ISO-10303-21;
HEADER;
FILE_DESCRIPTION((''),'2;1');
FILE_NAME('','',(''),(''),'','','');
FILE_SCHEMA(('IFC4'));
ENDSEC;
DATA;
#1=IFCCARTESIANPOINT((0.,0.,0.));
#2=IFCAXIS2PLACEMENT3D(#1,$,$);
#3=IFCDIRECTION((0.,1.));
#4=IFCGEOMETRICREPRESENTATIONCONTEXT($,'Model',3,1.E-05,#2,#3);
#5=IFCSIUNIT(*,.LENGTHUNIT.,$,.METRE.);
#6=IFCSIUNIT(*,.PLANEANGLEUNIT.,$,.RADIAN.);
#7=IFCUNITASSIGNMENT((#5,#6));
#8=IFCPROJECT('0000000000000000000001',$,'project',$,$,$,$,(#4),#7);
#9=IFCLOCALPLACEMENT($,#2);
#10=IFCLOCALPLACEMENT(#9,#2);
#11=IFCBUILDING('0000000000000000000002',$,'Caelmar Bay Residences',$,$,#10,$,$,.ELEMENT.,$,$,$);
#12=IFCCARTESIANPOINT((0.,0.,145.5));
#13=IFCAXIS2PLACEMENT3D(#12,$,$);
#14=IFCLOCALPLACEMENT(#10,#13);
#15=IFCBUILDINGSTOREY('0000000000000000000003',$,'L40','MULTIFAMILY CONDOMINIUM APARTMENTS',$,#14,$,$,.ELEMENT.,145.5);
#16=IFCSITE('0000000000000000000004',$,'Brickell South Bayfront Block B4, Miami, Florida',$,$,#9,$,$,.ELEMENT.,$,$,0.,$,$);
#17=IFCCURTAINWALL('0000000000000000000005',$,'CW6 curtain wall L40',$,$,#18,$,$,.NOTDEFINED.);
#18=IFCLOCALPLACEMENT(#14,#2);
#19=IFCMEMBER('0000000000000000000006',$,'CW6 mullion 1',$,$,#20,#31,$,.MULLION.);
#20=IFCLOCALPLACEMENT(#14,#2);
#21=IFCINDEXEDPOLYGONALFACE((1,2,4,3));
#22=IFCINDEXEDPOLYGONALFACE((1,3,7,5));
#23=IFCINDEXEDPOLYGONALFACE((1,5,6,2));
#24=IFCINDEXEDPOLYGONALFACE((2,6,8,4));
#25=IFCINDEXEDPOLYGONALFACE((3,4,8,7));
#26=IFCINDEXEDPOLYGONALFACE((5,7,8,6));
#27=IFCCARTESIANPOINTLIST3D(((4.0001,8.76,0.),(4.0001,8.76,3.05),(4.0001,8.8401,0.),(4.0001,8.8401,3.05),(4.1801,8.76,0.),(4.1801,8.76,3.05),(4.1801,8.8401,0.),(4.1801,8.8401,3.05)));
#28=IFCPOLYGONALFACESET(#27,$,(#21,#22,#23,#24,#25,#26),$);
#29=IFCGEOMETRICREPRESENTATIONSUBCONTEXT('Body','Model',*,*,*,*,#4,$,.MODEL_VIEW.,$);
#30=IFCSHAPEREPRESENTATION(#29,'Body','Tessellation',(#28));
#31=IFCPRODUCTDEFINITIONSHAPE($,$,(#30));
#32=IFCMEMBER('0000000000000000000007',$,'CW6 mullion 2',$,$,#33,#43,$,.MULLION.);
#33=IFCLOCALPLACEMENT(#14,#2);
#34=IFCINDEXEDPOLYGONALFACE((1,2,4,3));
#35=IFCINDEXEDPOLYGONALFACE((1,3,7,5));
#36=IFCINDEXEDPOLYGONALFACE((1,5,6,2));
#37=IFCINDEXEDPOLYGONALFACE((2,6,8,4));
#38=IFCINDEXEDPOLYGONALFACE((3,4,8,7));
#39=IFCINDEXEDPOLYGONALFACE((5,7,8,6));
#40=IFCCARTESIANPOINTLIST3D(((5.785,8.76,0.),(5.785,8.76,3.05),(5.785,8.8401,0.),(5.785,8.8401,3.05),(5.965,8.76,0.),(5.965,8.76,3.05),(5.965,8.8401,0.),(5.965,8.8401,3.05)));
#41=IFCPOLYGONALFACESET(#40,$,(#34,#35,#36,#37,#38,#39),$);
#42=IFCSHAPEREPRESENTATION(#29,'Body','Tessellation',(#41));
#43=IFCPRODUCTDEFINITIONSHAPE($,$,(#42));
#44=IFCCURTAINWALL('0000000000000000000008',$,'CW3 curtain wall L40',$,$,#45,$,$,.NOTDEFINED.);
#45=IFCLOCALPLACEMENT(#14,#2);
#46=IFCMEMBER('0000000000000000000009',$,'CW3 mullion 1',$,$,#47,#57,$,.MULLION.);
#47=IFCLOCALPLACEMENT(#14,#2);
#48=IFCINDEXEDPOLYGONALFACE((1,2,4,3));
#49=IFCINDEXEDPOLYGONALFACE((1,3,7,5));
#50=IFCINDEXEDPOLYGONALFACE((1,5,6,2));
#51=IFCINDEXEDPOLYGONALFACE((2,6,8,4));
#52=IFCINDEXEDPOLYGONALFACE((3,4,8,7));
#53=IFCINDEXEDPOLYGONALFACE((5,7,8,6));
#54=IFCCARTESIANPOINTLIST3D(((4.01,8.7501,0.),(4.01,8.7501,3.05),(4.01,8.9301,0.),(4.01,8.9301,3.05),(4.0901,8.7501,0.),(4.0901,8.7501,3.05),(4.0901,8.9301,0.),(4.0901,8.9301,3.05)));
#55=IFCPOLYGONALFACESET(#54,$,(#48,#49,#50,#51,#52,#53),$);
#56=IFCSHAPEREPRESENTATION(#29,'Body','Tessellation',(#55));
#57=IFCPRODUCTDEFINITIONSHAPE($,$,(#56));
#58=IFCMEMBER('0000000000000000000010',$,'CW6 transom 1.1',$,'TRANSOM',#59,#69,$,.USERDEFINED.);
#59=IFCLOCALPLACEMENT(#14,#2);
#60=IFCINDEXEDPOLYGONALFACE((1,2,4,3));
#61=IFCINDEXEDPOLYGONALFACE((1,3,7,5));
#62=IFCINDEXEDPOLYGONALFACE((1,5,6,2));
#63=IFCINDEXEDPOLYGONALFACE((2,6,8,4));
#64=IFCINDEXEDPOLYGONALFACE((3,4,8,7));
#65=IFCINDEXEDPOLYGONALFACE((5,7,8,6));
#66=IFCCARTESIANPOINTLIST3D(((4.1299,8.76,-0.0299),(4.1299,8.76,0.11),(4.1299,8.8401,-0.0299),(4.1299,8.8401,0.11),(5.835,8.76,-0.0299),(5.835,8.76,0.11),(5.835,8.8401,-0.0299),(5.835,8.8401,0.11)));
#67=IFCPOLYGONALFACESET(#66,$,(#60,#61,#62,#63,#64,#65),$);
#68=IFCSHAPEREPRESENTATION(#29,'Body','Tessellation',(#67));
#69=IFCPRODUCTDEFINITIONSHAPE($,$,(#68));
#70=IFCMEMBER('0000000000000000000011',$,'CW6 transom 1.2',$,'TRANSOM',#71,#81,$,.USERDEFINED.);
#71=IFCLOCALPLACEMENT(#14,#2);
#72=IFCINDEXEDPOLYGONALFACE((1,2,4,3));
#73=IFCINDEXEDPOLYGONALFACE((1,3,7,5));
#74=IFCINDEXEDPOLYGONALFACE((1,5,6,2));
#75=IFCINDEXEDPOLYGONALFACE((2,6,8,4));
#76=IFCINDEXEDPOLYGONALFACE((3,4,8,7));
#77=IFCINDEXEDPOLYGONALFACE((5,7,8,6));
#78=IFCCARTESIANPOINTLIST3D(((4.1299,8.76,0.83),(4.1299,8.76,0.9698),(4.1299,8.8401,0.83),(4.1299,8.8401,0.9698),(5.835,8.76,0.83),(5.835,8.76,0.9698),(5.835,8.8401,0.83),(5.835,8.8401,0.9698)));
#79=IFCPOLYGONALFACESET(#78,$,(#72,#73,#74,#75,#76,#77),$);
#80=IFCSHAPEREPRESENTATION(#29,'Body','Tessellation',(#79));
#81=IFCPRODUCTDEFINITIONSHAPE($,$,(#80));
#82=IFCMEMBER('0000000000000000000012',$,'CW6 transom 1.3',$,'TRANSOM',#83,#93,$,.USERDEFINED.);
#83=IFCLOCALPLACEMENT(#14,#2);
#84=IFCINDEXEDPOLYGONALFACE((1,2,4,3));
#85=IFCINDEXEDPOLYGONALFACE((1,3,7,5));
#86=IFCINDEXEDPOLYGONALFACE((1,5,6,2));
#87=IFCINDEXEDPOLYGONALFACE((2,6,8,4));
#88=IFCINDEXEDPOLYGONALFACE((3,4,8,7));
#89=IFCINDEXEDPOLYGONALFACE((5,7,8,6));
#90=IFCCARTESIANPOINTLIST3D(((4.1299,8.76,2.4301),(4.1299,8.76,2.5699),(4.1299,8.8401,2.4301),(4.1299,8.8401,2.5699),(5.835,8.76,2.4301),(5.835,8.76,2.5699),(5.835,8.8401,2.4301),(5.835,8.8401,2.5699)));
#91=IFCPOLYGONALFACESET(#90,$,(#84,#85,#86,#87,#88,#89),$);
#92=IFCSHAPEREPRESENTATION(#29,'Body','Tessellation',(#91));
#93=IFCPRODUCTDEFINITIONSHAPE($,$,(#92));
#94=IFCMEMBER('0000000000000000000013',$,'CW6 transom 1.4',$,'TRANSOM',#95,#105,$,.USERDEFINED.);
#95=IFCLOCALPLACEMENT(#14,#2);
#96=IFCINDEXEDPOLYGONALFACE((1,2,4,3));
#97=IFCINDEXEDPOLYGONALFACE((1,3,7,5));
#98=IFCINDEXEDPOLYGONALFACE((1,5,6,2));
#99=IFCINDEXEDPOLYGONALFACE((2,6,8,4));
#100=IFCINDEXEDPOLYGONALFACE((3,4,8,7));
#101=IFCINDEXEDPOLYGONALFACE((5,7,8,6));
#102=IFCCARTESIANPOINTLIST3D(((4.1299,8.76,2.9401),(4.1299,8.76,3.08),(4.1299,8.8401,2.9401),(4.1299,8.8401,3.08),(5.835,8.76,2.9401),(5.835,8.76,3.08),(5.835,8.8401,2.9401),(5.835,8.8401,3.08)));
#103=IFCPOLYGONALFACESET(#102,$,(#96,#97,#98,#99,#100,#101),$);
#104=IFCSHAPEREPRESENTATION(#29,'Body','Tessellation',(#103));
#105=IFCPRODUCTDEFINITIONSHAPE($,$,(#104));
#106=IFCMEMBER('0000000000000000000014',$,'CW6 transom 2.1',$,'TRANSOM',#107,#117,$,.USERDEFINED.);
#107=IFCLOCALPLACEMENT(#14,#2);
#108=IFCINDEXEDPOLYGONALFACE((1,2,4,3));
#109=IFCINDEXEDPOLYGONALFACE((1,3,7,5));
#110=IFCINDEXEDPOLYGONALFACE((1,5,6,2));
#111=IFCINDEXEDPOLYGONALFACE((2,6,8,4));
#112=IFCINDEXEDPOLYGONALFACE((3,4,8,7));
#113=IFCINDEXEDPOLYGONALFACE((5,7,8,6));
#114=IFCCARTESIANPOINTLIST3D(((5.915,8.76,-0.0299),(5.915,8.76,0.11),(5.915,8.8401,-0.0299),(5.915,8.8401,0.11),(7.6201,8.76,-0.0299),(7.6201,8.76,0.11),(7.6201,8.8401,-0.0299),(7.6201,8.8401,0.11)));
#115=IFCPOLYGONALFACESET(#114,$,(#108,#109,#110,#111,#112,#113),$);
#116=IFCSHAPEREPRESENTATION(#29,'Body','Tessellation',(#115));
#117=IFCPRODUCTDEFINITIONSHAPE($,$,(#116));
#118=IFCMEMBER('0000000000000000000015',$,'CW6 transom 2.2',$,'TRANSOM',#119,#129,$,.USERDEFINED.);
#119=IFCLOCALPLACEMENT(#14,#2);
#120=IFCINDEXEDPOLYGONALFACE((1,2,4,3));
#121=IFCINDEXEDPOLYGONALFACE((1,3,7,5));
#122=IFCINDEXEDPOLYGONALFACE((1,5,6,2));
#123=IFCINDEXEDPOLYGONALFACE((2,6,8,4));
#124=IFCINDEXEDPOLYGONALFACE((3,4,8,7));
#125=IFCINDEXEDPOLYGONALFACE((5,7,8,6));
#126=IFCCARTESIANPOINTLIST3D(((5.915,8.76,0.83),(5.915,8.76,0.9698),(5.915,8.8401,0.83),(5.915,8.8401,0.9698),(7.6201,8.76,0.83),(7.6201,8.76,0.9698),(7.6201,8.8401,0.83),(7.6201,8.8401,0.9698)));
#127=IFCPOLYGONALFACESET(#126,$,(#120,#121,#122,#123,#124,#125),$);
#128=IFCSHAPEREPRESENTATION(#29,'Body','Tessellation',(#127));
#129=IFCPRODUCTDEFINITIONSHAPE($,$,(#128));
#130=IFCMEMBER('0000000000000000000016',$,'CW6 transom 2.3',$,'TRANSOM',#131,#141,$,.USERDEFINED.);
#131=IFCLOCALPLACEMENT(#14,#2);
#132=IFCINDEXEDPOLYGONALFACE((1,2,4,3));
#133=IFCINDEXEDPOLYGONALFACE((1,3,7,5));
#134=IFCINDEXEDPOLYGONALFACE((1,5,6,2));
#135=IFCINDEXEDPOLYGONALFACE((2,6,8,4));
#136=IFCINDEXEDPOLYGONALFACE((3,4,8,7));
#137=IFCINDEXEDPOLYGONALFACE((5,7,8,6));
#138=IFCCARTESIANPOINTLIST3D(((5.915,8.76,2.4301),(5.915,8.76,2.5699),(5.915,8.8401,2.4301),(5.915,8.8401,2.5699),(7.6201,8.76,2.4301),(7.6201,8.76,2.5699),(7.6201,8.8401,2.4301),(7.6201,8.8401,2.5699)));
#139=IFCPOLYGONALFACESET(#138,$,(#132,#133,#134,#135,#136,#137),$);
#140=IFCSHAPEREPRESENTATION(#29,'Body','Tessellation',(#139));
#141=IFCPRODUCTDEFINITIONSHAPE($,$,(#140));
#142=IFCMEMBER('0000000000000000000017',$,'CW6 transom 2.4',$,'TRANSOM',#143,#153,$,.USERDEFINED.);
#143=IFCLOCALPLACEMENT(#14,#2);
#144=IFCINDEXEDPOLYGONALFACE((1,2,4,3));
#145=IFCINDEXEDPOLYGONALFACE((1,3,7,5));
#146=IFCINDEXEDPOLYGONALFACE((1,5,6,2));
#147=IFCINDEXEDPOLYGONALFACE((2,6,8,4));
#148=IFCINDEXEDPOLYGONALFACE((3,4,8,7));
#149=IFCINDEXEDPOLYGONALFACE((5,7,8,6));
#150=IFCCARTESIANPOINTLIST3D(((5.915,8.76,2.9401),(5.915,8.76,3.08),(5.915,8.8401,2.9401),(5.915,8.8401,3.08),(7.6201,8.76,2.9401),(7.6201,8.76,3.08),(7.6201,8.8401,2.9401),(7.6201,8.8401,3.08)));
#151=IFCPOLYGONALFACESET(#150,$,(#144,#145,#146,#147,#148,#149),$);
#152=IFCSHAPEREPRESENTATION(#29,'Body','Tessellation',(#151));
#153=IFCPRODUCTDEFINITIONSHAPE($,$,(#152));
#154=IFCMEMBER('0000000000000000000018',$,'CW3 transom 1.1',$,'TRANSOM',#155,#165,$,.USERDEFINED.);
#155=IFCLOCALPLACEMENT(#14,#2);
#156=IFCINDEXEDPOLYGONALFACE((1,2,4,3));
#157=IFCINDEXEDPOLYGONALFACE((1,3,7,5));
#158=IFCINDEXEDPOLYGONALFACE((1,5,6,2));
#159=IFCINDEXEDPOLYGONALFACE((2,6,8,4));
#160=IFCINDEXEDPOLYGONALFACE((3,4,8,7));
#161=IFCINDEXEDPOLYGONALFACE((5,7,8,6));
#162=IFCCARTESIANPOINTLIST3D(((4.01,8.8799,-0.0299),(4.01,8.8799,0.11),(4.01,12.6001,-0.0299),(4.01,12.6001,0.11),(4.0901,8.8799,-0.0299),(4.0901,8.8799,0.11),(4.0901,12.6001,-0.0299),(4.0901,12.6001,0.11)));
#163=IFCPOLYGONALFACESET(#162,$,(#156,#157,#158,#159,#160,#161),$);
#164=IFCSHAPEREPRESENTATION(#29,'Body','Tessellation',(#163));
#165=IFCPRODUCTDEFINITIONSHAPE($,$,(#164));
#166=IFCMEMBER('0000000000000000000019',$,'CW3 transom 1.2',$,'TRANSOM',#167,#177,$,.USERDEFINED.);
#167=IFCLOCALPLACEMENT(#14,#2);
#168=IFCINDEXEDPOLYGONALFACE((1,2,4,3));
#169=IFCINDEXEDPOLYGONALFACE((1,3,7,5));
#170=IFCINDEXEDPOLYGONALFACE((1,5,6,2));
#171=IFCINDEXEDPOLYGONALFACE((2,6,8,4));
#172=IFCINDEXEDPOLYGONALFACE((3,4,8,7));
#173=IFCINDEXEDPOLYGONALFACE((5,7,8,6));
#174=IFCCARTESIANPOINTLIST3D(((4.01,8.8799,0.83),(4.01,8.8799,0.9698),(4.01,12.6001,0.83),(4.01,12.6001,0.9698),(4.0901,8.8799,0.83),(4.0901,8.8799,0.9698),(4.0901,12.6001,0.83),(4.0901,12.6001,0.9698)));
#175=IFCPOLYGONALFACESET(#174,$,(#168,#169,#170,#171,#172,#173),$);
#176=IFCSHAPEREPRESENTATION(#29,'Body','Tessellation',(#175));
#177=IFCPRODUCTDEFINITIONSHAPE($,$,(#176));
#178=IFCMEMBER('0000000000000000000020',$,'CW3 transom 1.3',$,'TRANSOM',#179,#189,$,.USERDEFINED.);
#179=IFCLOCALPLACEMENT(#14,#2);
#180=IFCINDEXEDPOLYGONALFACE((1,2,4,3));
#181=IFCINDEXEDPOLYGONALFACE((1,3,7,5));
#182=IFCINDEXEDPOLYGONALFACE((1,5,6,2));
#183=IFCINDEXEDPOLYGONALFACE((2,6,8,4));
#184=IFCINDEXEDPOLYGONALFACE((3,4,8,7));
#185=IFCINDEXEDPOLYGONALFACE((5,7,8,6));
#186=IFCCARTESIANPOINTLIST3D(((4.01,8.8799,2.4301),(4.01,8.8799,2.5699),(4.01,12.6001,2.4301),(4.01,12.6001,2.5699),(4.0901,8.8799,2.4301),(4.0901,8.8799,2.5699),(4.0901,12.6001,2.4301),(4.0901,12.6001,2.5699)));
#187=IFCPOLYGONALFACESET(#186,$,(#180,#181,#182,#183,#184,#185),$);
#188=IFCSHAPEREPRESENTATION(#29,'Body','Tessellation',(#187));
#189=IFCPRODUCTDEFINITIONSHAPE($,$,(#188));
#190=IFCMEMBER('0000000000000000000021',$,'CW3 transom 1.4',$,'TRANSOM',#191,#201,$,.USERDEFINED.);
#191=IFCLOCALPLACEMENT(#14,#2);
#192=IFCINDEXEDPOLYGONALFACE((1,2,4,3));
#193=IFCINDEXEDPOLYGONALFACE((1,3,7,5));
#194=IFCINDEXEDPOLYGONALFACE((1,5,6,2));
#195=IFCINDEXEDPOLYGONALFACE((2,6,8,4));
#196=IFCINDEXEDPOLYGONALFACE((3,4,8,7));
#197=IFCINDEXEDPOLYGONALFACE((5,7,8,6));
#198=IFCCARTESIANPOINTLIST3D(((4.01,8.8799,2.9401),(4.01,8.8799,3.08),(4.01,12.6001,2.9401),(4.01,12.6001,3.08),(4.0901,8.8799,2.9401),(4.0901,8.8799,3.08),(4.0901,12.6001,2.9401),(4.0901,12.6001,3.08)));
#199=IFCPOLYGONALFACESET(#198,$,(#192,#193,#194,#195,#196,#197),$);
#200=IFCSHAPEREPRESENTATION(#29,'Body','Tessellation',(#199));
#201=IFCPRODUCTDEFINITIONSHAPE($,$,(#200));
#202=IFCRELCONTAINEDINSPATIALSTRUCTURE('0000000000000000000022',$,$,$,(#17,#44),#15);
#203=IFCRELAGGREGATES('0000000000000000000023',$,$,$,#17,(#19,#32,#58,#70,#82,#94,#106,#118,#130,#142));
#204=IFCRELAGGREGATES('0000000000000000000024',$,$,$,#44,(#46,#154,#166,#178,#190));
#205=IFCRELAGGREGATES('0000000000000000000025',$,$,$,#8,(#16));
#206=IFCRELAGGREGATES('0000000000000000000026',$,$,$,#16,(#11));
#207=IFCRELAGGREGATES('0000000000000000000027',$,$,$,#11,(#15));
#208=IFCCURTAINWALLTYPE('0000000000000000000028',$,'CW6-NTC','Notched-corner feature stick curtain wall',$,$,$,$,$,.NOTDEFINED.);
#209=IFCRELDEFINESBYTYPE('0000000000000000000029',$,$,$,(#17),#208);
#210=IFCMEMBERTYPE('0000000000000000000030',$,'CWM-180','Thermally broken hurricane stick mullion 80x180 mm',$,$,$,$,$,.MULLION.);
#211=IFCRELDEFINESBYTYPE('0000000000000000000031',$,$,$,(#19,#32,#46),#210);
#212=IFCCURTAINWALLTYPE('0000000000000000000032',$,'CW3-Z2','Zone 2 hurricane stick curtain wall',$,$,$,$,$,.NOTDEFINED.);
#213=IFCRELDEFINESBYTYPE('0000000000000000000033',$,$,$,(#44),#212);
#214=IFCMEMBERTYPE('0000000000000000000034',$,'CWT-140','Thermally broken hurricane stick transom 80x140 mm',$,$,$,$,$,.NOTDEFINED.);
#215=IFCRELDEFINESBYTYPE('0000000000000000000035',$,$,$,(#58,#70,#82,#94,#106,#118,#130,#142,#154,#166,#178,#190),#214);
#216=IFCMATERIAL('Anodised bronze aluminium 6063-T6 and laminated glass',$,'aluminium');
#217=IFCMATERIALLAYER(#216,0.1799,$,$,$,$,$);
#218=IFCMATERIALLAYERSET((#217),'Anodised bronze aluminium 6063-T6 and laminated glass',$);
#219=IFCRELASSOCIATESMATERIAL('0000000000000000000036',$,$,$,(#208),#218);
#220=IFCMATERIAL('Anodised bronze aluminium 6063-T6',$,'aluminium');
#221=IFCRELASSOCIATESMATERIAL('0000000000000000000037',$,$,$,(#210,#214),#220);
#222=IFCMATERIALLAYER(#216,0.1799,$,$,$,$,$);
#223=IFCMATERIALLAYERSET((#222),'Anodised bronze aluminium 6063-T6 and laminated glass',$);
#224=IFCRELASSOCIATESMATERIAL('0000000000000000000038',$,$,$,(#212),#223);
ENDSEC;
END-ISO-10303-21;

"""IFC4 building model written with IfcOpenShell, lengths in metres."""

from ifc_helpers import new_model, si_unit, direction, frame, origin, origin_2d, place, context, subcontext, project, spatial, rectangle, extrude, material, layer, layer_set, material_profile, profile_set, type_object, element, aggregate, save


model = new_model("IFC4")

# Units and contexts
model_context = context("Model", 3, precision=1e-05, world=origin(), true_north=direction((0.0, 1.0)))
body_context = subcontext(model_context, "Body", "Model", "MODEL_VIEW")
ifc_project = project(units=[si_unit("LENGTHUNIT", "METRE"), si_unit("PLANEANGLEUNIT", "RADIAN")], contexts=[model_context])

# Site, building, storey
site_placement = place(None, origin())
site = spatial("IfcSite", under=ifc_project, at=site_placement, Name="Brickell South Bayfront Block B4, Miami, Florida", CompositionType="ELEMENT", RefElevation=0.0)
building_placement = place(site_placement, origin())
building = spatial("IfcBuilding", under=site, at=building_placement, Name="Caelmar Bay Residences", CompositionType="ELEMENT")
storey_placement = place(building_placement, frame((0.0, 0.0, 145.5)))
storey = spatial("IfcBuildingStorey", under=building, at=storey_placement, Name="L40", Description="MULTIFAMILY CONDOMINIUM APARTMENTS", CompositionType="ELEMENT", Elevation=145.5)

# Curtain wall, members
ifc_material_1 = material(Name="Anodised bronze aluminium 6063-T6 and laminated glass", Category="aluminium")
ifc_layer_1 = layer(ifc_material_1, 0.1799)
ifc_layer_set_1 = layer_set([ifc_layer_1], Name="Anodised bronze aluminium 6063-T6 and laminated glass")
curtain_wall_type_1 = type_object("IfcCurtainWallType", Name="CW6-NTC", Description="Notched-corner feature stick curtain wall", PredefinedType="NOTDEFINED", material=ifc_layer_set_1)
curtain_wall_1_placement = place(storey_placement, origin())
curtain_wall_1 = element("IfcCurtainWall", 1, at=curtain_wall_1_placement, inside=storey, type_object=curtain_wall_type_1, Name="CW6 curtain wall L40", PredefinedType="NOTDEFINED")
ifc_material_2 = material(Name="Anodised bronze aluminium 6063-T6", Category="aluminium")
ifc_material_profile_1 = material_profile(ifc_material_2, rectangle(XDim=0.0801, YDim=0.1799, at=origin_2d()), Name="CWM-80X180")
ifc_profile_set_1 = profile_set([ifc_material_profile_1], Name="Anodised bronze aluminium 6063-T6")
member_type_1 = type_object("IfcMemberType", Name="CWM-180", Description="Thermally broken hurricane stick mullion 80x180 mm", PredefinedType="MULLION", material=ifc_profile_set_1)
member_1_placement = place(storey_placement, frame((4.0901, 8.8, 0.0), z_axis=(0.0, 0.0, 1.0), x_axis=(0.0, 1.0, 0.0)))
member_1 = element("IfcMember", 2, at=member_1_placement, type_object=member_type_1, Name="CW6 mullion 1", PredefinedType="MULLION", context=body_context, shape_type="SweptSolid", body=[
    extrude(rectangle(XDim=0.0801, YDim=0.1799, at=origin_2d()), origin(), (0.0, 0.0, 1.0), 3.05),
])
member_2_placement = place(storey_placement, frame((5.875, 8.8, 0.0), z_axis=(0.0, 0.0, 1.0), x_axis=(0.0, 1.0, 0.0)))
member_2 = element("IfcMember", 3, at=member_2_placement, type_object=member_type_1, Name="CW6 mullion 2", PredefinedType="MULLION", context=body_context, shape_type="SweptSolid", body=[
    extrude(rectangle(XDim=0.0801, YDim=0.1799, at=origin_2d()), origin(), (0.0, 0.0, 1.0), 3.05),
])

# Curtain wall, member
ifc_layer_2 = layer(ifc_material_1, 0.1799)
ifc_layer_set_2 = layer_set([ifc_layer_2], Name="Anodised bronze aluminium 6063-T6 and laminated glass")
curtain_wall_type_2 = type_object("IfcCurtainWallType", Name="CW3-Z2", Description="Zone 2 hurricane stick curtain wall", PredefinedType="NOTDEFINED", material=ifc_layer_set_2)
curtain_wall_2_placement = place(storey_placement, origin())
curtain_wall_2 = element("IfcCurtainWall", 4, at=curtain_wall_2_placement, inside=storey, type_object=curtain_wall_type_2, Name="CW3 curtain wall L40", PredefinedType="NOTDEFINED")
member_3_placement = place(storey_placement, frame((4.05, 8.8401, 0.0), z_axis=(0.0, 0.0, 1.0), x_axis=(-1.0, 0.0, 0.0)))
member_3 = element("IfcMember", 5, at=member_3_placement, type_object=member_type_1, Name="CW3 mullion 1", PredefinedType="MULLION", context=body_context, shape_type="SweptSolid", body=[
    extrude(rectangle(XDim=0.0801, YDim=0.1799, at=origin_2d()), origin(), (0.0, 0.0, 1.0), 3.05),
])

# Members
ifc_material_profile_2 = material_profile(ifc_material_2, rectangle(XDim=0.0801, YDim=0.1399, at=origin_2d()), Name="CWT-80X140")
ifc_profile_set_2 = profile_set([ifc_material_profile_2], Name="Anodised bronze aluminium 6063-T6")
member_type_2 = type_object("IfcMemberType", Name="CWT-140", Description="Thermally broken hurricane stick transom 80x140 mm", PredefinedType="NOTDEFINED", material=ifc_profile_set_2)
member_4_placement = place(storey_placement, frame((4.1299, 8.8, 0.04), z_axis=(1.0, 0.0, 0.0), x_axis=(0.0, 1.0, 0.0)))
member_4 = element("IfcMember", 6, at=member_4_placement, type_object=member_type_2, Name="CW6 transom 1.1", ObjectType="TRANSOM", PredefinedType="USERDEFINED", context=body_context, shape_type="SweptSolid", body=[
    extrude(rectangle(XDim=0.0801, YDim=0.1399, at=origin_2d()), origin(), (0.0, 0.0, 1.0), 1.7051),
])
member_5_placement = place(storey_placement, frame((4.1299, 8.8, 0.8999), z_axis=(1.0, 0.0, 0.0), x_axis=(0.0, 1.0, 0.0)))
member_5 = element("IfcMember", 7, at=member_5_placement, type_object=member_type_2, Name="CW6 transom 1.2", ObjectType="TRANSOM", PredefinedType="USERDEFINED", context=body_context, shape_type="SweptSolid", body=[
    extrude(rectangle(XDim=0.0801, YDim=0.1399, at=origin_2d()), origin(), (0.0, 0.0, 1.0), 1.7051),
])
member_6_placement = place(storey_placement, frame((4.1299, 8.8, 2.5), z_axis=(1.0, 0.0, 0.0), x_axis=(0.0, 1.0, 0.0)))
member_6 = element("IfcMember", 8, at=member_6_placement, type_object=member_type_2, Name="CW6 transom 1.3", ObjectType="TRANSOM", PredefinedType="USERDEFINED", context=body_context, shape_type="SweptSolid", body=[
    extrude(rectangle(XDim=0.0801, YDim=0.1399, at=origin_2d()), origin(), (0.0, 0.0, 1.0), 1.7051),
])
member_7_placement = place(storey_placement, frame((4.1299, 8.8, 3.01), z_axis=(1.0, 0.0, 0.0), x_axis=(0.0, 1.0, 0.0)))
member_7 = element("IfcMember", 9, at=member_7_placement, type_object=member_type_2, Name="CW6 transom 1.4", ObjectType="TRANSOM", PredefinedType="USERDEFINED", context=body_context, shape_type="SweptSolid", body=[
    extrude(rectangle(XDim=0.0801, YDim=0.1399, at=origin_2d()), origin(), (0.0, 0.0, 1.0), 1.7051),
])
member_8_placement = place(storey_placement, frame((5.915, 8.8, 0.04), z_axis=(1.0, 0.0, 0.0), x_axis=(0.0, 1.0, 0.0)))
member_8 = element("IfcMember", 10, at=member_8_placement, type_object=member_type_2, Name="CW6 transom 2.1", ObjectType="TRANSOM", PredefinedType="USERDEFINED", context=body_context, shape_type="SweptSolid", body=[
    extrude(rectangle(XDim=0.0801, YDim=0.1399, at=origin_2d()), origin(), (0.0, 0.0, 1.0), 1.7051),
])
member_9_placement = place(storey_placement, frame((5.915, 8.8, 0.8999), z_axis=(1.0, 0.0, 0.0), x_axis=(0.0, 1.0, 0.0)))
member_9 = element("IfcMember", 11, at=member_9_placement, type_object=member_type_2, Name="CW6 transom 2.2", ObjectType="TRANSOM", PredefinedType="USERDEFINED", context=body_context, shape_type="SweptSolid", body=[
    extrude(rectangle(XDim=0.0801, YDim=0.1399, at=origin_2d()), origin(), (0.0, 0.0, 1.0), 1.7051),
])
member_10_placement = place(storey_placement, frame((5.915, 8.8, 2.5), z_axis=(1.0, 0.0, 0.0), x_axis=(0.0, 1.0, 0.0)))
member_10 = element("IfcMember", 12, at=member_10_placement, type_object=member_type_2, Name="CW6 transom 2.3", ObjectType="TRANSOM", PredefinedType="USERDEFINED", context=body_context, shape_type="SweptSolid", body=[
    extrude(rectangle(XDim=0.0801, YDim=0.1399, at=origin_2d()), origin(), (0.0, 0.0, 1.0), 1.7051),
])
member_11_placement = place(storey_placement, frame((5.915, 8.8, 3.01), z_axis=(1.0, 0.0, 0.0), x_axis=(0.0, 1.0, 0.0)))
member_11 = element("IfcMember", 13, at=member_11_placement, type_object=member_type_2, Name="CW6 transom 2.4", ObjectType="TRANSOM", PredefinedType="USERDEFINED", context=body_context, shape_type="SweptSolid", body=[
    extrude(rectangle(XDim=0.0801, YDim=0.1399, at=origin_2d()), origin(), (0.0, 0.0, 1.0), 1.7051),
])
member_12_placement = place(storey_placement, frame((4.05, 8.8799, 0.04), z_axis=(0.0, 1.0, 0.0), x_axis=(-1.0, 0.0, 0.0)))
member_12 = element("IfcMember", 14, at=member_12_placement, type_object=member_type_2, Name="CW3 transom 1.1", ObjectType="TRANSOM", PredefinedType="USERDEFINED", context=body_context, shape_type="SweptSolid", body=[
    extrude(rectangle(XDim=0.0801, YDim=0.1399, at=origin_2d()), origin(), (0.0, 0.0, 1.0), 3.7202),
])
member_13_placement = place(storey_placement, frame((4.05, 8.8799, 0.8999), z_axis=(0.0, 1.0, 0.0), x_axis=(-1.0, 0.0, 0.0)))
member_13 = element("IfcMember", 15, at=member_13_placement, type_object=member_type_2, Name="CW3 transom 1.2", ObjectType="TRANSOM", PredefinedType="USERDEFINED", context=body_context, shape_type="SweptSolid", body=[
    extrude(rectangle(XDim=0.0801, YDim=0.1399, at=origin_2d()), origin(), (0.0, 0.0, 1.0), 3.7202),
])
member_14_placement = place(storey_placement, frame((4.05, 8.8799, 2.5), z_axis=(0.0, 1.0, 0.0), x_axis=(-1.0, 0.0, 0.0)))
member_14 = element("IfcMember", 16, at=member_14_placement, type_object=member_type_2, Name="CW3 transom 1.3", ObjectType="TRANSOM", PredefinedType="USERDEFINED", context=body_context, shape_type="SweptSolid", body=[
    extrude(rectangle(XDim=0.0801, YDim=0.1399, at=origin_2d()), origin(), (0.0, 0.0, 1.0), 3.7202),
])
member_15_placement = place(storey_placement, frame((4.05, 8.8799, 3.01), z_axis=(0.0, 1.0, 0.0), x_axis=(-1.0, 0.0, 0.0)))
member_15 = element("IfcMember", 17, at=member_15_placement, type_object=member_type_2, Name="CW3 transom 1.4", ObjectType="TRANSOM", PredefinedType="USERDEFINED", context=body_context, shape_type="SweptSolid", body=[
    extrude(rectangle(XDim=0.0801, YDim=0.1399, at=origin_2d()), origin(), (0.0, 0.0, 1.0), 3.7202),
])

aggregate(curtain_wall_1, [member_1, member_2, member_4, member_5, member_6, member_7, member_8, member_9, member_10, member_11])
aggregate(curtain_wall_2, [member_3, member_12, member_13, member_14, member_15])

save(model, "model.ifc")
